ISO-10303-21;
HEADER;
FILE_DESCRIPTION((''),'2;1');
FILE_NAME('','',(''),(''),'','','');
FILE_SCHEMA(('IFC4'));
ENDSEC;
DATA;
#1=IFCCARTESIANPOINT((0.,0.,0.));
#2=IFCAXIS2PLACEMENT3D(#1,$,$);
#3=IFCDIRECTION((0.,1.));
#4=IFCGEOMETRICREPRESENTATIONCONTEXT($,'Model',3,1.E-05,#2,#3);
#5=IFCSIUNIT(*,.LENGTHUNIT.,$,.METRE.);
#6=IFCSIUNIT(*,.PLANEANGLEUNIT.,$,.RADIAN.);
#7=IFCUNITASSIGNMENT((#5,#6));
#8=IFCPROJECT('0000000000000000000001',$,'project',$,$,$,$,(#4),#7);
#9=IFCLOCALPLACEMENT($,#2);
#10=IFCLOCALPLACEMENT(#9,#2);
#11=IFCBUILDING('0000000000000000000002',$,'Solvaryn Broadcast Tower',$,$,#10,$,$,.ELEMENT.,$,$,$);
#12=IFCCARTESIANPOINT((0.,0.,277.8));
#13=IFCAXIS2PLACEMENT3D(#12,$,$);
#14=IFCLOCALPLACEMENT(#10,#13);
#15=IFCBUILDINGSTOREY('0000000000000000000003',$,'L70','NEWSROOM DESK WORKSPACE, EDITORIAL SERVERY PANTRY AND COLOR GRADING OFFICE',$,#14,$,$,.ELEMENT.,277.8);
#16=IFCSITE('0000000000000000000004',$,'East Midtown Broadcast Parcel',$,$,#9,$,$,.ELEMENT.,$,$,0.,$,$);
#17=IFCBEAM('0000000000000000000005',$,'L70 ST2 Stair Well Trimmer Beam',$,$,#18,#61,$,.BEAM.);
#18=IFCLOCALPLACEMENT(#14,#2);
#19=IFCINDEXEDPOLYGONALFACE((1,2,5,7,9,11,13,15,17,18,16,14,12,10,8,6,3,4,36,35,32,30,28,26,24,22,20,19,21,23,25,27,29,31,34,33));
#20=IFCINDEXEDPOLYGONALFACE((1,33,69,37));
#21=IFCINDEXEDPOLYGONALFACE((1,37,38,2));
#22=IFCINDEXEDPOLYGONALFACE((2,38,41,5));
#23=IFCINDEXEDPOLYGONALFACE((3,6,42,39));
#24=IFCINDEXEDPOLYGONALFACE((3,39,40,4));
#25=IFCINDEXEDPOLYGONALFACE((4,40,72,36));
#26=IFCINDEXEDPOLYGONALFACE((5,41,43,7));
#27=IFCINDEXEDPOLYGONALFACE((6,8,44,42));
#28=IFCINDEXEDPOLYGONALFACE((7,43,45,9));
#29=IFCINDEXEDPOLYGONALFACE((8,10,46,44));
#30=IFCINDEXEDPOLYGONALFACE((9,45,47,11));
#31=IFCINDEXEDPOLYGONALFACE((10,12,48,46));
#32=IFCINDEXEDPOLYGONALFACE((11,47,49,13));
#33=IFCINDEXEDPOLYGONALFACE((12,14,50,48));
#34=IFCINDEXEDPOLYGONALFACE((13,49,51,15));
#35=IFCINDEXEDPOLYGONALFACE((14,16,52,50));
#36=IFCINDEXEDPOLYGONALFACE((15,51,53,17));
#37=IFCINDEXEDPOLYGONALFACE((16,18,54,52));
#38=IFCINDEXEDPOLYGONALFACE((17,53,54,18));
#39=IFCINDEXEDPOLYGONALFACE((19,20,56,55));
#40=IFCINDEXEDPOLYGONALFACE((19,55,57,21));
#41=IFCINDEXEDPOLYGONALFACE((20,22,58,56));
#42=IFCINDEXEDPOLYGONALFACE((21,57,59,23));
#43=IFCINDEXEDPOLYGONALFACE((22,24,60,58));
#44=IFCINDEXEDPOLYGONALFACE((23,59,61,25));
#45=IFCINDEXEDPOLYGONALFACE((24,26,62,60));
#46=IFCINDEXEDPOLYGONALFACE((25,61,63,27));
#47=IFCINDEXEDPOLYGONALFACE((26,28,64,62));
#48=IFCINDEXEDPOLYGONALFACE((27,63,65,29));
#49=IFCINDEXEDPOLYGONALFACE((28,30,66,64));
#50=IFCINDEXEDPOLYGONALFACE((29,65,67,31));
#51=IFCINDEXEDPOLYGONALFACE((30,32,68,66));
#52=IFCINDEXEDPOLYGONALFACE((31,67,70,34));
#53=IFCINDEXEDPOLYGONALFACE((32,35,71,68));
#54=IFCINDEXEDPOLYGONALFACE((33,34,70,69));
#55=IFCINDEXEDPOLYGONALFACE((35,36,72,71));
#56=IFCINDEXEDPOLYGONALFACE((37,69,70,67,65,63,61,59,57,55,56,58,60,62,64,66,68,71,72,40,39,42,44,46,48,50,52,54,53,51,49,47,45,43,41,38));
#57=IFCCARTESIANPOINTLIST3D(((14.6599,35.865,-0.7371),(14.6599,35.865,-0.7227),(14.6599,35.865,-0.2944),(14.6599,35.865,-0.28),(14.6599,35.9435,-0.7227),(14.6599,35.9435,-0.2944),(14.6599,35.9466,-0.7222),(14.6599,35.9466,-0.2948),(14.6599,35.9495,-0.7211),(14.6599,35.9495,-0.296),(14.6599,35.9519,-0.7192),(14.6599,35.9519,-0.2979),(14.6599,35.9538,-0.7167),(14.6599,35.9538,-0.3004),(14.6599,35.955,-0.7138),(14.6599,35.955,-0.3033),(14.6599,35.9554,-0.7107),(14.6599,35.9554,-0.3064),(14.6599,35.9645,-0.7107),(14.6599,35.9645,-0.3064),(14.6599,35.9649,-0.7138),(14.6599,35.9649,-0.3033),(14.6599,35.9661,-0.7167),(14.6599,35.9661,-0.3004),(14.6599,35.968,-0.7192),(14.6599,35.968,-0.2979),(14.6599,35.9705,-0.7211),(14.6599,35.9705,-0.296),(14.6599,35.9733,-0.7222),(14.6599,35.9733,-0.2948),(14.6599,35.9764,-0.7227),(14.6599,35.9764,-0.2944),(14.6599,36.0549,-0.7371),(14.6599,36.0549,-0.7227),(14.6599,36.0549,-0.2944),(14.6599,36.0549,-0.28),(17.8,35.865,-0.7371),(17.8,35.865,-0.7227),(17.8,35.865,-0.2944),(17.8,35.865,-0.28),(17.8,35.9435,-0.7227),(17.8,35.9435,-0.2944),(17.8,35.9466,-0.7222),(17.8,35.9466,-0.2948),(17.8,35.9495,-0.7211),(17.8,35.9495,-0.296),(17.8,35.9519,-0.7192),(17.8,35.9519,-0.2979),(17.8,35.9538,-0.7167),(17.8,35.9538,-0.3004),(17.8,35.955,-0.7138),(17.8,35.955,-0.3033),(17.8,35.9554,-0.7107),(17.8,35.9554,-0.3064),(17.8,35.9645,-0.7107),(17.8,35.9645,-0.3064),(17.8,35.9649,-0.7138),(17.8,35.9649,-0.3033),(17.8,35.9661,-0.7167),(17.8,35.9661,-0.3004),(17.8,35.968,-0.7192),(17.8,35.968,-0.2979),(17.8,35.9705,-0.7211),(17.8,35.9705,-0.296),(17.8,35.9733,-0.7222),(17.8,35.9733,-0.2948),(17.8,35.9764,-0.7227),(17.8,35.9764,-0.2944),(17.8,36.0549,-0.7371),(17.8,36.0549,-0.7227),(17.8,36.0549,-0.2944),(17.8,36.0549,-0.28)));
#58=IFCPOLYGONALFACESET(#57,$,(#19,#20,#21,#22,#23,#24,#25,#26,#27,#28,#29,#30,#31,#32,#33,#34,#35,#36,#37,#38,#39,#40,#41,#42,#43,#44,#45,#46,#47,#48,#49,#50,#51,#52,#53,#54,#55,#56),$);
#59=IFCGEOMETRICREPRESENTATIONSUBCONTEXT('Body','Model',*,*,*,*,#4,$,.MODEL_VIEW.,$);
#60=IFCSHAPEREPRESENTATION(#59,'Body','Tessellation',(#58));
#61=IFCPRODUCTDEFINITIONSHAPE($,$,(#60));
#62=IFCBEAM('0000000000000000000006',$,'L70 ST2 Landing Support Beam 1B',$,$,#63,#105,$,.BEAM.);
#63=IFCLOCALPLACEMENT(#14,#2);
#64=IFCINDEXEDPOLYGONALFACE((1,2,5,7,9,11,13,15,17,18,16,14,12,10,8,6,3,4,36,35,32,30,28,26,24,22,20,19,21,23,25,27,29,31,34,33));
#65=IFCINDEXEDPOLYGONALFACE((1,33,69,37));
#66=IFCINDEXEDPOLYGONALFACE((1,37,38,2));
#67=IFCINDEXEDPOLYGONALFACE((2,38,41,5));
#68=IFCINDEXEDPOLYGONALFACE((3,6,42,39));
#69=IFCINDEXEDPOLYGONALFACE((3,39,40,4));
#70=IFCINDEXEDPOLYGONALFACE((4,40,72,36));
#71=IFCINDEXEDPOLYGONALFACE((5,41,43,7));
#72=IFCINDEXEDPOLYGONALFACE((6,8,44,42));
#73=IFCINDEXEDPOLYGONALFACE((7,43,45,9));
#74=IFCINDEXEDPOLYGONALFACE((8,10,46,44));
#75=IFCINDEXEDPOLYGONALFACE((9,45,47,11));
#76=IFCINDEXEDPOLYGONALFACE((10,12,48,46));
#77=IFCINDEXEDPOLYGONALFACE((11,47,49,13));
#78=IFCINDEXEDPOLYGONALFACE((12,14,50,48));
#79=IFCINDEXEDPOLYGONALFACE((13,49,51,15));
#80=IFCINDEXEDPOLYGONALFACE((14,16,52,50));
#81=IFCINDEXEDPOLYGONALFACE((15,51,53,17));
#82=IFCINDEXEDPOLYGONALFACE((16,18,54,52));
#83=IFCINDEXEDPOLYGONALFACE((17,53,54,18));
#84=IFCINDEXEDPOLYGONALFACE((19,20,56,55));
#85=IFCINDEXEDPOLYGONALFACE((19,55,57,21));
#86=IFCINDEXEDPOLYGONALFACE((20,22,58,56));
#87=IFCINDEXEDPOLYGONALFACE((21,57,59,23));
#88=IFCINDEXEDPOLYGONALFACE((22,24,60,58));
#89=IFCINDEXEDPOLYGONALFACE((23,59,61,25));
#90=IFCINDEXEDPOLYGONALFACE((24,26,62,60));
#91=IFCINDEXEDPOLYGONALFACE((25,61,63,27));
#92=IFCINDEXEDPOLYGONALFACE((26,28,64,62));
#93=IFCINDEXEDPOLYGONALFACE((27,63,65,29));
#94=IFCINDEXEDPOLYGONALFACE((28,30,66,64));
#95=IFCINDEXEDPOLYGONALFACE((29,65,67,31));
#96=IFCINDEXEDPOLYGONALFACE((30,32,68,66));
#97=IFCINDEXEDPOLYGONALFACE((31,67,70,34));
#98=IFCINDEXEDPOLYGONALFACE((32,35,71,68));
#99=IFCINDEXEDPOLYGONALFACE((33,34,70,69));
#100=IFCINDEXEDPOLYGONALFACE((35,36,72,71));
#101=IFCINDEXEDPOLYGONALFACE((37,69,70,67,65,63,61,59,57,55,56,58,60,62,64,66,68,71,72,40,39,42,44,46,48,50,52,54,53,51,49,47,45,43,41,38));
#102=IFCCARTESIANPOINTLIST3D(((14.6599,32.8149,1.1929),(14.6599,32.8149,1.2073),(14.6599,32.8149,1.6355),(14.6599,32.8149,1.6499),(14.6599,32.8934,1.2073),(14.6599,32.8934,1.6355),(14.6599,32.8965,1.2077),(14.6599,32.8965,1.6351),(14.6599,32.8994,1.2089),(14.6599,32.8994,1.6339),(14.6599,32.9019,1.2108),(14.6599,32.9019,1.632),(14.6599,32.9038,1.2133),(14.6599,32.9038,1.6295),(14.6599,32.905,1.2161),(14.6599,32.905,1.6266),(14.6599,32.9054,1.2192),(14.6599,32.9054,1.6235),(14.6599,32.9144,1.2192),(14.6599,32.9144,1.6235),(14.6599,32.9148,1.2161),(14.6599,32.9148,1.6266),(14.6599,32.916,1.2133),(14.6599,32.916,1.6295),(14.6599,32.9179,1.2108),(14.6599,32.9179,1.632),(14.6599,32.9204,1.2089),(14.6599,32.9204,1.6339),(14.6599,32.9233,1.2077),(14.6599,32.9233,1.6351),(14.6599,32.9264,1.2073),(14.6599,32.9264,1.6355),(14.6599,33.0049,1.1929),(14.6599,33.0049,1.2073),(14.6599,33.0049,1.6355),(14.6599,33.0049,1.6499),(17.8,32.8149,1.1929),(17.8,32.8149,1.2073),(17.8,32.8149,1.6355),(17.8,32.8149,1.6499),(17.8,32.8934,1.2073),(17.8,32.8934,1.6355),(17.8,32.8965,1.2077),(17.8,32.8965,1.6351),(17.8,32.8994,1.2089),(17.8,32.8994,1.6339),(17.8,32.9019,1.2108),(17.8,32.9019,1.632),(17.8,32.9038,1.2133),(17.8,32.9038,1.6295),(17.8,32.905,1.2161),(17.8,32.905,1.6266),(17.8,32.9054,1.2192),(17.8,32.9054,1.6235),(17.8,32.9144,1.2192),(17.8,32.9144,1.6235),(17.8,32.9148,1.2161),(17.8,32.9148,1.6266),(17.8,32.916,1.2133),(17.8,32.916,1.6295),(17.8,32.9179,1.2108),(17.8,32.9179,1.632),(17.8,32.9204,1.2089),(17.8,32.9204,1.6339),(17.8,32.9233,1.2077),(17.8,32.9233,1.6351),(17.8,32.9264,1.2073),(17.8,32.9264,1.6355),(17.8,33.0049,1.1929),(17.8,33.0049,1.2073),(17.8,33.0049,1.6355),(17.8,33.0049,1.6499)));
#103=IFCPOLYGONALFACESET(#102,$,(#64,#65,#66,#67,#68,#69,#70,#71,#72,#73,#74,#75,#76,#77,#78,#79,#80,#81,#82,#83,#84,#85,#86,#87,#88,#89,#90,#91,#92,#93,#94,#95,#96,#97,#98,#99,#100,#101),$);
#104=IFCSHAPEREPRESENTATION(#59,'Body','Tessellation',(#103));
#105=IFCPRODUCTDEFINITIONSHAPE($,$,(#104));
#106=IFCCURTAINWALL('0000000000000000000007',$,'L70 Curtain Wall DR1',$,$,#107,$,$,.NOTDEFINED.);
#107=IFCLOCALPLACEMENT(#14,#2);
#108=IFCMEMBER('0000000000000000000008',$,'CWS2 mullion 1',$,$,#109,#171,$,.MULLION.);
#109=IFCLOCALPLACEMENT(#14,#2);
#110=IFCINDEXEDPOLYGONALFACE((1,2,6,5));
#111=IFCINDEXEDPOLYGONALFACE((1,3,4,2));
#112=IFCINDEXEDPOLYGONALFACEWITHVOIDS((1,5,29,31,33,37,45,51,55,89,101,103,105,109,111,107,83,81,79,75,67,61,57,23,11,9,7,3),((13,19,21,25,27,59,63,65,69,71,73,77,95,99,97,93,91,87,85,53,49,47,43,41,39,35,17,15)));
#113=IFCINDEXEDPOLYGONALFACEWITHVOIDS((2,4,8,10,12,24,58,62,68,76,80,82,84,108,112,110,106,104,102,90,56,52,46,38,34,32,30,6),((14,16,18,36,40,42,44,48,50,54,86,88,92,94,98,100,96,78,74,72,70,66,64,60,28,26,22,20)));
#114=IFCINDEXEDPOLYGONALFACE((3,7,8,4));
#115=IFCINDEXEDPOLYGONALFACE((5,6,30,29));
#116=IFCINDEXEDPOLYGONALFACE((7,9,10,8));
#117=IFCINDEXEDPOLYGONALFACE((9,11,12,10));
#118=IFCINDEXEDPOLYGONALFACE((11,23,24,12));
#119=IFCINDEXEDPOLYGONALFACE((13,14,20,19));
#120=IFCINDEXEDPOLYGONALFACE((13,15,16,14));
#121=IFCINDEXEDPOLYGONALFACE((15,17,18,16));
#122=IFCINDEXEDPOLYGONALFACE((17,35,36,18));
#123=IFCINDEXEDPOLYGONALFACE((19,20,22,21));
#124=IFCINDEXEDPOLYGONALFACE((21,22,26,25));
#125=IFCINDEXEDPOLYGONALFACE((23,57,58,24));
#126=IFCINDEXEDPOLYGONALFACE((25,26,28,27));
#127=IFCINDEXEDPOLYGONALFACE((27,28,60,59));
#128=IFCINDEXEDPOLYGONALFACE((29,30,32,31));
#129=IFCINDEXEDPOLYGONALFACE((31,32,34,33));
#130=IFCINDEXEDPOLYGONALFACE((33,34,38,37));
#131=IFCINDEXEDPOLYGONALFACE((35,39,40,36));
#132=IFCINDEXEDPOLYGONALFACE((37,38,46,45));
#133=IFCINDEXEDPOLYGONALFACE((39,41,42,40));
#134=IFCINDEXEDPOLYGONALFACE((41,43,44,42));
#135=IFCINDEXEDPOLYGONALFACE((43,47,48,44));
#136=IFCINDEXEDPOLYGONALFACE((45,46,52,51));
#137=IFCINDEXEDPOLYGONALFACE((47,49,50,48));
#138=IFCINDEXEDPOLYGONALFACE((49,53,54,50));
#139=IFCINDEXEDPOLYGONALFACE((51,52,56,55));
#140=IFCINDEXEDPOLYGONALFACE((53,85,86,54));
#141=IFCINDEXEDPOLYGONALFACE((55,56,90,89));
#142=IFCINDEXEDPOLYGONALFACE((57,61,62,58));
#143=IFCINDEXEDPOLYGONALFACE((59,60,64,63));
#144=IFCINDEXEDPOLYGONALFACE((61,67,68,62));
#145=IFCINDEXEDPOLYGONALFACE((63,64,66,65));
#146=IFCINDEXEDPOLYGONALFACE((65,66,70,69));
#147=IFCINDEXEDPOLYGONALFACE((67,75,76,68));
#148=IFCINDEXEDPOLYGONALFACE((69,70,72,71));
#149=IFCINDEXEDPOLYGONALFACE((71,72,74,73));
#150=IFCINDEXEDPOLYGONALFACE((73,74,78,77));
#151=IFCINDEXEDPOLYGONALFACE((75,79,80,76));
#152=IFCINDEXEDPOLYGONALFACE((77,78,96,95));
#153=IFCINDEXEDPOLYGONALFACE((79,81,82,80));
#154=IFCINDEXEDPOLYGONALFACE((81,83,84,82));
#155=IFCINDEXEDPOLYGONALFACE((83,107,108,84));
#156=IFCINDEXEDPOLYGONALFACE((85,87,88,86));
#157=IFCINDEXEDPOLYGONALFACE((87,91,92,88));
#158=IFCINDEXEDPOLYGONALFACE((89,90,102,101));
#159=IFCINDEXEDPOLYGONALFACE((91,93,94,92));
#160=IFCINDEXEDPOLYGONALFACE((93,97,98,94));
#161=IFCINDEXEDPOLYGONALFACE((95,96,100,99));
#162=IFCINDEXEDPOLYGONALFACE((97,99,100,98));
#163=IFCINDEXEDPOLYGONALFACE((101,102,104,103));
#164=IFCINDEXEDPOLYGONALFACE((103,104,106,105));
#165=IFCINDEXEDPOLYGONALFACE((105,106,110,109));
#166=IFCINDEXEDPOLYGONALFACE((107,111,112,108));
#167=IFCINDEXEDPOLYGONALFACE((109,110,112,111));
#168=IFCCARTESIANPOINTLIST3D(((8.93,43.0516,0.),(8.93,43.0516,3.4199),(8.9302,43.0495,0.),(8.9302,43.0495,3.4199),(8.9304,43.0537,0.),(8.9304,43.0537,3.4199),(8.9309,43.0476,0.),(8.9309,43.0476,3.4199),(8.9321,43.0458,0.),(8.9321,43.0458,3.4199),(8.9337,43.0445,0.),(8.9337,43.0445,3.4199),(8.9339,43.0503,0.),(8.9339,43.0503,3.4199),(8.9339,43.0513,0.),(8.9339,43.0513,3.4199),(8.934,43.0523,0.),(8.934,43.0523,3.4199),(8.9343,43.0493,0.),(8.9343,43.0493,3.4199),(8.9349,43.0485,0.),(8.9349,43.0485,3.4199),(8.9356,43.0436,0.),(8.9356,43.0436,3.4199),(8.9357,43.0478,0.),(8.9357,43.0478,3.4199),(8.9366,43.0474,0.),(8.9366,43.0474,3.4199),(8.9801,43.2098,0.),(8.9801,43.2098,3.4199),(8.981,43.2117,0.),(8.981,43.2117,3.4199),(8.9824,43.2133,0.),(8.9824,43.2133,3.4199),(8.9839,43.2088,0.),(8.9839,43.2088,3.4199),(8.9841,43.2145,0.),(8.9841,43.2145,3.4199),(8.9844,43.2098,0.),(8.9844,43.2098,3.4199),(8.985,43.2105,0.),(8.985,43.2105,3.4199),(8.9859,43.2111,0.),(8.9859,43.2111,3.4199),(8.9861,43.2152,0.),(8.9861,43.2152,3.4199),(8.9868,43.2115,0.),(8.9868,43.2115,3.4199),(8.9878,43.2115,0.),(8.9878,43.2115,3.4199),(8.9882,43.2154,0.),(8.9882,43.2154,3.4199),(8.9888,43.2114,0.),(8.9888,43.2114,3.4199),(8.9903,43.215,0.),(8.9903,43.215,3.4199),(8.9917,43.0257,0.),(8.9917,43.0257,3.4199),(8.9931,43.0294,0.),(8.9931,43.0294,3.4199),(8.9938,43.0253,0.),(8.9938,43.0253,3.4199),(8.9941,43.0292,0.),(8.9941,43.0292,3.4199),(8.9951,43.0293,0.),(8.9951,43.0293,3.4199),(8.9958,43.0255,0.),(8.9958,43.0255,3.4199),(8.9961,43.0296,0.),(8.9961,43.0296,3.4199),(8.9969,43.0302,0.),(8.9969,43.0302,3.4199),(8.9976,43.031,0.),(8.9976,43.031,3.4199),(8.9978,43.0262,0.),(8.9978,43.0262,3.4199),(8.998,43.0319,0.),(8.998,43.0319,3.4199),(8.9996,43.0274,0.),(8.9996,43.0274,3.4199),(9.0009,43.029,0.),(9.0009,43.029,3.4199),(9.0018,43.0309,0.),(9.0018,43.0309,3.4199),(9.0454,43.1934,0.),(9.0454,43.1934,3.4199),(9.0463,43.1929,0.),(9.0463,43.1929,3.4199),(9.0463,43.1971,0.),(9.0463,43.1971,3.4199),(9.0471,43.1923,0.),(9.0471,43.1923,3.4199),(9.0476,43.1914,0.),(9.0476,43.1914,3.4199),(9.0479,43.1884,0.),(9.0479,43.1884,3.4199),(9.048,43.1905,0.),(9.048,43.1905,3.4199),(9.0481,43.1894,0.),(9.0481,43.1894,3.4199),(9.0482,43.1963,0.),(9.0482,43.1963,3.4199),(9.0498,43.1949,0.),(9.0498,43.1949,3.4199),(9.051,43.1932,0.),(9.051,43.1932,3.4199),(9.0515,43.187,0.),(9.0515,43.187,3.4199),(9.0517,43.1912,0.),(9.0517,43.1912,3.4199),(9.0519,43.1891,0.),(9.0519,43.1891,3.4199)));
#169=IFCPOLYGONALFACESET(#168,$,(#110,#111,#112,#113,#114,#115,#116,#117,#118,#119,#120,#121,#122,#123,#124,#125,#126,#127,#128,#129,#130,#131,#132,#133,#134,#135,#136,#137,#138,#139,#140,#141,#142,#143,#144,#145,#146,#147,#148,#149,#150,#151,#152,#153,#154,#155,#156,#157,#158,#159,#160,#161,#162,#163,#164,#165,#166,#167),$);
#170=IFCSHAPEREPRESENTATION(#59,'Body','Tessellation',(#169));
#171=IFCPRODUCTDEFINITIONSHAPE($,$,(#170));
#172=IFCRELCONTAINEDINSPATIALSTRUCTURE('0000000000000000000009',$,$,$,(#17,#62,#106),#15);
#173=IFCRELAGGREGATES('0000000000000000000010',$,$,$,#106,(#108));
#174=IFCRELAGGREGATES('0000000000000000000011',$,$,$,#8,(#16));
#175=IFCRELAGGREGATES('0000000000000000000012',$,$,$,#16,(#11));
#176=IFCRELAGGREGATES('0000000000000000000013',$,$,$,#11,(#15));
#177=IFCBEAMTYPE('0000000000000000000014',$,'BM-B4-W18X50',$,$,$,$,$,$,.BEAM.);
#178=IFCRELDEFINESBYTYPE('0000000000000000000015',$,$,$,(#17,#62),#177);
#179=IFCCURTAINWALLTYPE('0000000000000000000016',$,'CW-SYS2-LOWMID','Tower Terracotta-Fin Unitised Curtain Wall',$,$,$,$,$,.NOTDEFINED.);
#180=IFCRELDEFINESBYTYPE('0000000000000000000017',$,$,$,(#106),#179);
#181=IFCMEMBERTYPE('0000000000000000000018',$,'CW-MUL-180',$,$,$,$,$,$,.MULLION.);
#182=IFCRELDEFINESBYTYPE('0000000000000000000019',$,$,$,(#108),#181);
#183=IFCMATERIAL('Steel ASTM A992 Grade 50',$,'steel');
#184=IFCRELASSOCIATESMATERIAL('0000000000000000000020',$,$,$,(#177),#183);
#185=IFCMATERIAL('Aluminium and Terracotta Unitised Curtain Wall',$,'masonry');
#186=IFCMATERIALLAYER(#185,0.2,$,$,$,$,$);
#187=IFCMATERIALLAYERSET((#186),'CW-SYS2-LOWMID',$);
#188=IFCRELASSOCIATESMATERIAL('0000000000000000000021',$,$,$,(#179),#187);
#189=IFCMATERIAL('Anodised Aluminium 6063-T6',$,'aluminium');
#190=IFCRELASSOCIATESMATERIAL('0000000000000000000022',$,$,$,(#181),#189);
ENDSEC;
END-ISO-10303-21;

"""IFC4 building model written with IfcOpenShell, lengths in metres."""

from ifc_helpers import new_model, si_unit, direction, frame, origin, origin_2d, place, context, subcontext, project, spatial, hollow_rectangle, i_section, extrude, material, layer, layer_set, material_profile, profile_set, type_object, element, aggregate, save


model = new_model("IFC4")

# Units and contexts
model_context = context("Model", 3, precision=1e-05, world=origin(), true_north=direction((0.0, 1.0)))
body_context = subcontext(model_context, "Body", "Model", "MODEL_VIEW")
ifc_project = project(units=[si_unit("LENGTHUNIT", "METRE"), si_unit("PLANEANGLEUNIT", "RADIAN")], contexts=[model_context])

# Site, building, storey
site_placement = place(None, origin())
site = spatial("IfcSite", under=ifc_project, at=site_placement, Name="East Midtown Broadcast Parcel", CompositionType="ELEMENT", RefElevation=0.0)
building_placement = place(site_placement, origin())
building = spatial("IfcBuilding", under=site, at=building_placement, Name="Solvaryn Broadcast Tower", CompositionType="ELEMENT")
storey_placement = place(building_placement, frame((0.0, 0.0, 277.8)))
storey = spatial("IfcBuildingStorey", under=building, at=storey_placement, Name="L70", Description="NEWSROOM DESK WORKSPACE, EDITORIAL SERVERY PANTRY AND COLOR GRADING OFFICE", CompositionType="ELEMENT", Elevation=277.8)

# Beams
ifc_material_1 = material(Name="Steel ASTM A992 Grade 50", Category="steel")
ifc_material_profile_1 = material_profile(ifc_material_1, i_section(OverallWidth=0.1899, OverallDepth=0.457, WebThickness=0.009, FlangeThickness=0.0144, FilletRadius=0.012, at=origin_2d()))
ifc_profile_set_1 = profile_set([ifc_material_profile_1], Name="Steel ASTM A992 Grade 50")
beam_type_1 = type_object("IfcBeamType", Name="BM-B4-W18X50", PredefinedType="BEAM", material=ifc_profile_set_1)
for number, where, z_axis, x_axis, name in (
    (1, (14.6599, 35.96, -0.5085), (1.0, 0.0, 0.0), (0.0, 1.0, 0.0), "L70 ST2 Stair Well Trimmer Beam"),
    (2, (14.6599, 32.9099, 1.4214), (1.0, 0.0, 0.0), (0.0, 1.0, 0.0), "L70 ST2 Landing Support Beam 1B"),
):
    element("IfcBeam", number, at=place(storey_placement, frame(where, z_axis=z_axis, x_axis=x_axis)), inside=storey, type_object=beam_type_1, Name=name, PredefinedType="BEAM", context=body_context, shape_type="SweptSolid", body=[
        extrude(i_section(OverallWidth=0.1899, OverallDepth=0.457, WebThickness=0.009, FlangeThickness=0.0144, FilletRadius=0.012, at=origin_2d()), origin(), (0.0, 0.0, 1.0), 3.1401),
    ])

# Curtain wall, member
ifc_material_2 = material(Name="Aluminium and Terracotta Unitised Curtain Wall", Category="masonry")
ifc_layer_1 = layer(ifc_material_2, 0.2)
ifc_layer_set_1 = layer_set([ifc_layer_1], Name="CW-SYS2-LOWMID")
curtain_wall_type = type_object("IfcCurtainWallType", Name="CW-SYS2-LOWMID", Description="Tower Terracotta-Fin Unitised Curtain Wall", PredefinedType="NOTDEFINED", material=ifc_layer_set_1)
curtain_wall_1_placement = place(storey_placement, origin())
curtain_wall_1 = element("IfcCurtainWall", 3, at=curtain_wall_1_placement, inside=storey, type_object=curtain_wall_type, Name="L70 Curtain Wall DR1", PredefinedType="NOTDEFINED")
ifc_material_3 = material(Name="Anodised Aluminium 6063-T6", Category="aluminium")
ifc_material_profile_2 = material_profile(ifc_material_3, hollow_rectangle(XDim=0.075, YDim=0.1799, WallThickness=0.0039, InnerFilletRadius=0.0039, OuterFilletRadius=0.0081, at=origin_2d()))
ifc_profile_set_2 = profile_set([ifc_material_profile_2], Name="Anodised Aluminium 6063-T6")
member_type_1 = type_object("IfcMemberType", Name="CW-MUL-180", PredefinedType="MULLION", material=ifc_profile_set_2)
member_1_placement = place(storey_placement, frame((8.991, 43.1204, 0.0), z_axis=(0.0, 0.0, 1.0), x_axis=(0.952795, -0.303616, 0.0)))
member_1 = element("IfcMember", 4, at=member_1_placement, type_object=member_type_1, Name="CWS2 mullion 1", PredefinedType="MULLION", context=body_context, shape_type="SweptSolid", body=[
    extrude(hollow_rectangle(XDim=0.075, YDim=0.1799, WallThickness=0.0039, InnerFilletRadius=0.0039, OuterFilletRadius=0.0081, at=origin_2d()), origin(), (0.0, 0.0, 1.0), 3.4199),
])

aggregate(curtain_wall_1, [member_1])

save(model, "model.ifc")
